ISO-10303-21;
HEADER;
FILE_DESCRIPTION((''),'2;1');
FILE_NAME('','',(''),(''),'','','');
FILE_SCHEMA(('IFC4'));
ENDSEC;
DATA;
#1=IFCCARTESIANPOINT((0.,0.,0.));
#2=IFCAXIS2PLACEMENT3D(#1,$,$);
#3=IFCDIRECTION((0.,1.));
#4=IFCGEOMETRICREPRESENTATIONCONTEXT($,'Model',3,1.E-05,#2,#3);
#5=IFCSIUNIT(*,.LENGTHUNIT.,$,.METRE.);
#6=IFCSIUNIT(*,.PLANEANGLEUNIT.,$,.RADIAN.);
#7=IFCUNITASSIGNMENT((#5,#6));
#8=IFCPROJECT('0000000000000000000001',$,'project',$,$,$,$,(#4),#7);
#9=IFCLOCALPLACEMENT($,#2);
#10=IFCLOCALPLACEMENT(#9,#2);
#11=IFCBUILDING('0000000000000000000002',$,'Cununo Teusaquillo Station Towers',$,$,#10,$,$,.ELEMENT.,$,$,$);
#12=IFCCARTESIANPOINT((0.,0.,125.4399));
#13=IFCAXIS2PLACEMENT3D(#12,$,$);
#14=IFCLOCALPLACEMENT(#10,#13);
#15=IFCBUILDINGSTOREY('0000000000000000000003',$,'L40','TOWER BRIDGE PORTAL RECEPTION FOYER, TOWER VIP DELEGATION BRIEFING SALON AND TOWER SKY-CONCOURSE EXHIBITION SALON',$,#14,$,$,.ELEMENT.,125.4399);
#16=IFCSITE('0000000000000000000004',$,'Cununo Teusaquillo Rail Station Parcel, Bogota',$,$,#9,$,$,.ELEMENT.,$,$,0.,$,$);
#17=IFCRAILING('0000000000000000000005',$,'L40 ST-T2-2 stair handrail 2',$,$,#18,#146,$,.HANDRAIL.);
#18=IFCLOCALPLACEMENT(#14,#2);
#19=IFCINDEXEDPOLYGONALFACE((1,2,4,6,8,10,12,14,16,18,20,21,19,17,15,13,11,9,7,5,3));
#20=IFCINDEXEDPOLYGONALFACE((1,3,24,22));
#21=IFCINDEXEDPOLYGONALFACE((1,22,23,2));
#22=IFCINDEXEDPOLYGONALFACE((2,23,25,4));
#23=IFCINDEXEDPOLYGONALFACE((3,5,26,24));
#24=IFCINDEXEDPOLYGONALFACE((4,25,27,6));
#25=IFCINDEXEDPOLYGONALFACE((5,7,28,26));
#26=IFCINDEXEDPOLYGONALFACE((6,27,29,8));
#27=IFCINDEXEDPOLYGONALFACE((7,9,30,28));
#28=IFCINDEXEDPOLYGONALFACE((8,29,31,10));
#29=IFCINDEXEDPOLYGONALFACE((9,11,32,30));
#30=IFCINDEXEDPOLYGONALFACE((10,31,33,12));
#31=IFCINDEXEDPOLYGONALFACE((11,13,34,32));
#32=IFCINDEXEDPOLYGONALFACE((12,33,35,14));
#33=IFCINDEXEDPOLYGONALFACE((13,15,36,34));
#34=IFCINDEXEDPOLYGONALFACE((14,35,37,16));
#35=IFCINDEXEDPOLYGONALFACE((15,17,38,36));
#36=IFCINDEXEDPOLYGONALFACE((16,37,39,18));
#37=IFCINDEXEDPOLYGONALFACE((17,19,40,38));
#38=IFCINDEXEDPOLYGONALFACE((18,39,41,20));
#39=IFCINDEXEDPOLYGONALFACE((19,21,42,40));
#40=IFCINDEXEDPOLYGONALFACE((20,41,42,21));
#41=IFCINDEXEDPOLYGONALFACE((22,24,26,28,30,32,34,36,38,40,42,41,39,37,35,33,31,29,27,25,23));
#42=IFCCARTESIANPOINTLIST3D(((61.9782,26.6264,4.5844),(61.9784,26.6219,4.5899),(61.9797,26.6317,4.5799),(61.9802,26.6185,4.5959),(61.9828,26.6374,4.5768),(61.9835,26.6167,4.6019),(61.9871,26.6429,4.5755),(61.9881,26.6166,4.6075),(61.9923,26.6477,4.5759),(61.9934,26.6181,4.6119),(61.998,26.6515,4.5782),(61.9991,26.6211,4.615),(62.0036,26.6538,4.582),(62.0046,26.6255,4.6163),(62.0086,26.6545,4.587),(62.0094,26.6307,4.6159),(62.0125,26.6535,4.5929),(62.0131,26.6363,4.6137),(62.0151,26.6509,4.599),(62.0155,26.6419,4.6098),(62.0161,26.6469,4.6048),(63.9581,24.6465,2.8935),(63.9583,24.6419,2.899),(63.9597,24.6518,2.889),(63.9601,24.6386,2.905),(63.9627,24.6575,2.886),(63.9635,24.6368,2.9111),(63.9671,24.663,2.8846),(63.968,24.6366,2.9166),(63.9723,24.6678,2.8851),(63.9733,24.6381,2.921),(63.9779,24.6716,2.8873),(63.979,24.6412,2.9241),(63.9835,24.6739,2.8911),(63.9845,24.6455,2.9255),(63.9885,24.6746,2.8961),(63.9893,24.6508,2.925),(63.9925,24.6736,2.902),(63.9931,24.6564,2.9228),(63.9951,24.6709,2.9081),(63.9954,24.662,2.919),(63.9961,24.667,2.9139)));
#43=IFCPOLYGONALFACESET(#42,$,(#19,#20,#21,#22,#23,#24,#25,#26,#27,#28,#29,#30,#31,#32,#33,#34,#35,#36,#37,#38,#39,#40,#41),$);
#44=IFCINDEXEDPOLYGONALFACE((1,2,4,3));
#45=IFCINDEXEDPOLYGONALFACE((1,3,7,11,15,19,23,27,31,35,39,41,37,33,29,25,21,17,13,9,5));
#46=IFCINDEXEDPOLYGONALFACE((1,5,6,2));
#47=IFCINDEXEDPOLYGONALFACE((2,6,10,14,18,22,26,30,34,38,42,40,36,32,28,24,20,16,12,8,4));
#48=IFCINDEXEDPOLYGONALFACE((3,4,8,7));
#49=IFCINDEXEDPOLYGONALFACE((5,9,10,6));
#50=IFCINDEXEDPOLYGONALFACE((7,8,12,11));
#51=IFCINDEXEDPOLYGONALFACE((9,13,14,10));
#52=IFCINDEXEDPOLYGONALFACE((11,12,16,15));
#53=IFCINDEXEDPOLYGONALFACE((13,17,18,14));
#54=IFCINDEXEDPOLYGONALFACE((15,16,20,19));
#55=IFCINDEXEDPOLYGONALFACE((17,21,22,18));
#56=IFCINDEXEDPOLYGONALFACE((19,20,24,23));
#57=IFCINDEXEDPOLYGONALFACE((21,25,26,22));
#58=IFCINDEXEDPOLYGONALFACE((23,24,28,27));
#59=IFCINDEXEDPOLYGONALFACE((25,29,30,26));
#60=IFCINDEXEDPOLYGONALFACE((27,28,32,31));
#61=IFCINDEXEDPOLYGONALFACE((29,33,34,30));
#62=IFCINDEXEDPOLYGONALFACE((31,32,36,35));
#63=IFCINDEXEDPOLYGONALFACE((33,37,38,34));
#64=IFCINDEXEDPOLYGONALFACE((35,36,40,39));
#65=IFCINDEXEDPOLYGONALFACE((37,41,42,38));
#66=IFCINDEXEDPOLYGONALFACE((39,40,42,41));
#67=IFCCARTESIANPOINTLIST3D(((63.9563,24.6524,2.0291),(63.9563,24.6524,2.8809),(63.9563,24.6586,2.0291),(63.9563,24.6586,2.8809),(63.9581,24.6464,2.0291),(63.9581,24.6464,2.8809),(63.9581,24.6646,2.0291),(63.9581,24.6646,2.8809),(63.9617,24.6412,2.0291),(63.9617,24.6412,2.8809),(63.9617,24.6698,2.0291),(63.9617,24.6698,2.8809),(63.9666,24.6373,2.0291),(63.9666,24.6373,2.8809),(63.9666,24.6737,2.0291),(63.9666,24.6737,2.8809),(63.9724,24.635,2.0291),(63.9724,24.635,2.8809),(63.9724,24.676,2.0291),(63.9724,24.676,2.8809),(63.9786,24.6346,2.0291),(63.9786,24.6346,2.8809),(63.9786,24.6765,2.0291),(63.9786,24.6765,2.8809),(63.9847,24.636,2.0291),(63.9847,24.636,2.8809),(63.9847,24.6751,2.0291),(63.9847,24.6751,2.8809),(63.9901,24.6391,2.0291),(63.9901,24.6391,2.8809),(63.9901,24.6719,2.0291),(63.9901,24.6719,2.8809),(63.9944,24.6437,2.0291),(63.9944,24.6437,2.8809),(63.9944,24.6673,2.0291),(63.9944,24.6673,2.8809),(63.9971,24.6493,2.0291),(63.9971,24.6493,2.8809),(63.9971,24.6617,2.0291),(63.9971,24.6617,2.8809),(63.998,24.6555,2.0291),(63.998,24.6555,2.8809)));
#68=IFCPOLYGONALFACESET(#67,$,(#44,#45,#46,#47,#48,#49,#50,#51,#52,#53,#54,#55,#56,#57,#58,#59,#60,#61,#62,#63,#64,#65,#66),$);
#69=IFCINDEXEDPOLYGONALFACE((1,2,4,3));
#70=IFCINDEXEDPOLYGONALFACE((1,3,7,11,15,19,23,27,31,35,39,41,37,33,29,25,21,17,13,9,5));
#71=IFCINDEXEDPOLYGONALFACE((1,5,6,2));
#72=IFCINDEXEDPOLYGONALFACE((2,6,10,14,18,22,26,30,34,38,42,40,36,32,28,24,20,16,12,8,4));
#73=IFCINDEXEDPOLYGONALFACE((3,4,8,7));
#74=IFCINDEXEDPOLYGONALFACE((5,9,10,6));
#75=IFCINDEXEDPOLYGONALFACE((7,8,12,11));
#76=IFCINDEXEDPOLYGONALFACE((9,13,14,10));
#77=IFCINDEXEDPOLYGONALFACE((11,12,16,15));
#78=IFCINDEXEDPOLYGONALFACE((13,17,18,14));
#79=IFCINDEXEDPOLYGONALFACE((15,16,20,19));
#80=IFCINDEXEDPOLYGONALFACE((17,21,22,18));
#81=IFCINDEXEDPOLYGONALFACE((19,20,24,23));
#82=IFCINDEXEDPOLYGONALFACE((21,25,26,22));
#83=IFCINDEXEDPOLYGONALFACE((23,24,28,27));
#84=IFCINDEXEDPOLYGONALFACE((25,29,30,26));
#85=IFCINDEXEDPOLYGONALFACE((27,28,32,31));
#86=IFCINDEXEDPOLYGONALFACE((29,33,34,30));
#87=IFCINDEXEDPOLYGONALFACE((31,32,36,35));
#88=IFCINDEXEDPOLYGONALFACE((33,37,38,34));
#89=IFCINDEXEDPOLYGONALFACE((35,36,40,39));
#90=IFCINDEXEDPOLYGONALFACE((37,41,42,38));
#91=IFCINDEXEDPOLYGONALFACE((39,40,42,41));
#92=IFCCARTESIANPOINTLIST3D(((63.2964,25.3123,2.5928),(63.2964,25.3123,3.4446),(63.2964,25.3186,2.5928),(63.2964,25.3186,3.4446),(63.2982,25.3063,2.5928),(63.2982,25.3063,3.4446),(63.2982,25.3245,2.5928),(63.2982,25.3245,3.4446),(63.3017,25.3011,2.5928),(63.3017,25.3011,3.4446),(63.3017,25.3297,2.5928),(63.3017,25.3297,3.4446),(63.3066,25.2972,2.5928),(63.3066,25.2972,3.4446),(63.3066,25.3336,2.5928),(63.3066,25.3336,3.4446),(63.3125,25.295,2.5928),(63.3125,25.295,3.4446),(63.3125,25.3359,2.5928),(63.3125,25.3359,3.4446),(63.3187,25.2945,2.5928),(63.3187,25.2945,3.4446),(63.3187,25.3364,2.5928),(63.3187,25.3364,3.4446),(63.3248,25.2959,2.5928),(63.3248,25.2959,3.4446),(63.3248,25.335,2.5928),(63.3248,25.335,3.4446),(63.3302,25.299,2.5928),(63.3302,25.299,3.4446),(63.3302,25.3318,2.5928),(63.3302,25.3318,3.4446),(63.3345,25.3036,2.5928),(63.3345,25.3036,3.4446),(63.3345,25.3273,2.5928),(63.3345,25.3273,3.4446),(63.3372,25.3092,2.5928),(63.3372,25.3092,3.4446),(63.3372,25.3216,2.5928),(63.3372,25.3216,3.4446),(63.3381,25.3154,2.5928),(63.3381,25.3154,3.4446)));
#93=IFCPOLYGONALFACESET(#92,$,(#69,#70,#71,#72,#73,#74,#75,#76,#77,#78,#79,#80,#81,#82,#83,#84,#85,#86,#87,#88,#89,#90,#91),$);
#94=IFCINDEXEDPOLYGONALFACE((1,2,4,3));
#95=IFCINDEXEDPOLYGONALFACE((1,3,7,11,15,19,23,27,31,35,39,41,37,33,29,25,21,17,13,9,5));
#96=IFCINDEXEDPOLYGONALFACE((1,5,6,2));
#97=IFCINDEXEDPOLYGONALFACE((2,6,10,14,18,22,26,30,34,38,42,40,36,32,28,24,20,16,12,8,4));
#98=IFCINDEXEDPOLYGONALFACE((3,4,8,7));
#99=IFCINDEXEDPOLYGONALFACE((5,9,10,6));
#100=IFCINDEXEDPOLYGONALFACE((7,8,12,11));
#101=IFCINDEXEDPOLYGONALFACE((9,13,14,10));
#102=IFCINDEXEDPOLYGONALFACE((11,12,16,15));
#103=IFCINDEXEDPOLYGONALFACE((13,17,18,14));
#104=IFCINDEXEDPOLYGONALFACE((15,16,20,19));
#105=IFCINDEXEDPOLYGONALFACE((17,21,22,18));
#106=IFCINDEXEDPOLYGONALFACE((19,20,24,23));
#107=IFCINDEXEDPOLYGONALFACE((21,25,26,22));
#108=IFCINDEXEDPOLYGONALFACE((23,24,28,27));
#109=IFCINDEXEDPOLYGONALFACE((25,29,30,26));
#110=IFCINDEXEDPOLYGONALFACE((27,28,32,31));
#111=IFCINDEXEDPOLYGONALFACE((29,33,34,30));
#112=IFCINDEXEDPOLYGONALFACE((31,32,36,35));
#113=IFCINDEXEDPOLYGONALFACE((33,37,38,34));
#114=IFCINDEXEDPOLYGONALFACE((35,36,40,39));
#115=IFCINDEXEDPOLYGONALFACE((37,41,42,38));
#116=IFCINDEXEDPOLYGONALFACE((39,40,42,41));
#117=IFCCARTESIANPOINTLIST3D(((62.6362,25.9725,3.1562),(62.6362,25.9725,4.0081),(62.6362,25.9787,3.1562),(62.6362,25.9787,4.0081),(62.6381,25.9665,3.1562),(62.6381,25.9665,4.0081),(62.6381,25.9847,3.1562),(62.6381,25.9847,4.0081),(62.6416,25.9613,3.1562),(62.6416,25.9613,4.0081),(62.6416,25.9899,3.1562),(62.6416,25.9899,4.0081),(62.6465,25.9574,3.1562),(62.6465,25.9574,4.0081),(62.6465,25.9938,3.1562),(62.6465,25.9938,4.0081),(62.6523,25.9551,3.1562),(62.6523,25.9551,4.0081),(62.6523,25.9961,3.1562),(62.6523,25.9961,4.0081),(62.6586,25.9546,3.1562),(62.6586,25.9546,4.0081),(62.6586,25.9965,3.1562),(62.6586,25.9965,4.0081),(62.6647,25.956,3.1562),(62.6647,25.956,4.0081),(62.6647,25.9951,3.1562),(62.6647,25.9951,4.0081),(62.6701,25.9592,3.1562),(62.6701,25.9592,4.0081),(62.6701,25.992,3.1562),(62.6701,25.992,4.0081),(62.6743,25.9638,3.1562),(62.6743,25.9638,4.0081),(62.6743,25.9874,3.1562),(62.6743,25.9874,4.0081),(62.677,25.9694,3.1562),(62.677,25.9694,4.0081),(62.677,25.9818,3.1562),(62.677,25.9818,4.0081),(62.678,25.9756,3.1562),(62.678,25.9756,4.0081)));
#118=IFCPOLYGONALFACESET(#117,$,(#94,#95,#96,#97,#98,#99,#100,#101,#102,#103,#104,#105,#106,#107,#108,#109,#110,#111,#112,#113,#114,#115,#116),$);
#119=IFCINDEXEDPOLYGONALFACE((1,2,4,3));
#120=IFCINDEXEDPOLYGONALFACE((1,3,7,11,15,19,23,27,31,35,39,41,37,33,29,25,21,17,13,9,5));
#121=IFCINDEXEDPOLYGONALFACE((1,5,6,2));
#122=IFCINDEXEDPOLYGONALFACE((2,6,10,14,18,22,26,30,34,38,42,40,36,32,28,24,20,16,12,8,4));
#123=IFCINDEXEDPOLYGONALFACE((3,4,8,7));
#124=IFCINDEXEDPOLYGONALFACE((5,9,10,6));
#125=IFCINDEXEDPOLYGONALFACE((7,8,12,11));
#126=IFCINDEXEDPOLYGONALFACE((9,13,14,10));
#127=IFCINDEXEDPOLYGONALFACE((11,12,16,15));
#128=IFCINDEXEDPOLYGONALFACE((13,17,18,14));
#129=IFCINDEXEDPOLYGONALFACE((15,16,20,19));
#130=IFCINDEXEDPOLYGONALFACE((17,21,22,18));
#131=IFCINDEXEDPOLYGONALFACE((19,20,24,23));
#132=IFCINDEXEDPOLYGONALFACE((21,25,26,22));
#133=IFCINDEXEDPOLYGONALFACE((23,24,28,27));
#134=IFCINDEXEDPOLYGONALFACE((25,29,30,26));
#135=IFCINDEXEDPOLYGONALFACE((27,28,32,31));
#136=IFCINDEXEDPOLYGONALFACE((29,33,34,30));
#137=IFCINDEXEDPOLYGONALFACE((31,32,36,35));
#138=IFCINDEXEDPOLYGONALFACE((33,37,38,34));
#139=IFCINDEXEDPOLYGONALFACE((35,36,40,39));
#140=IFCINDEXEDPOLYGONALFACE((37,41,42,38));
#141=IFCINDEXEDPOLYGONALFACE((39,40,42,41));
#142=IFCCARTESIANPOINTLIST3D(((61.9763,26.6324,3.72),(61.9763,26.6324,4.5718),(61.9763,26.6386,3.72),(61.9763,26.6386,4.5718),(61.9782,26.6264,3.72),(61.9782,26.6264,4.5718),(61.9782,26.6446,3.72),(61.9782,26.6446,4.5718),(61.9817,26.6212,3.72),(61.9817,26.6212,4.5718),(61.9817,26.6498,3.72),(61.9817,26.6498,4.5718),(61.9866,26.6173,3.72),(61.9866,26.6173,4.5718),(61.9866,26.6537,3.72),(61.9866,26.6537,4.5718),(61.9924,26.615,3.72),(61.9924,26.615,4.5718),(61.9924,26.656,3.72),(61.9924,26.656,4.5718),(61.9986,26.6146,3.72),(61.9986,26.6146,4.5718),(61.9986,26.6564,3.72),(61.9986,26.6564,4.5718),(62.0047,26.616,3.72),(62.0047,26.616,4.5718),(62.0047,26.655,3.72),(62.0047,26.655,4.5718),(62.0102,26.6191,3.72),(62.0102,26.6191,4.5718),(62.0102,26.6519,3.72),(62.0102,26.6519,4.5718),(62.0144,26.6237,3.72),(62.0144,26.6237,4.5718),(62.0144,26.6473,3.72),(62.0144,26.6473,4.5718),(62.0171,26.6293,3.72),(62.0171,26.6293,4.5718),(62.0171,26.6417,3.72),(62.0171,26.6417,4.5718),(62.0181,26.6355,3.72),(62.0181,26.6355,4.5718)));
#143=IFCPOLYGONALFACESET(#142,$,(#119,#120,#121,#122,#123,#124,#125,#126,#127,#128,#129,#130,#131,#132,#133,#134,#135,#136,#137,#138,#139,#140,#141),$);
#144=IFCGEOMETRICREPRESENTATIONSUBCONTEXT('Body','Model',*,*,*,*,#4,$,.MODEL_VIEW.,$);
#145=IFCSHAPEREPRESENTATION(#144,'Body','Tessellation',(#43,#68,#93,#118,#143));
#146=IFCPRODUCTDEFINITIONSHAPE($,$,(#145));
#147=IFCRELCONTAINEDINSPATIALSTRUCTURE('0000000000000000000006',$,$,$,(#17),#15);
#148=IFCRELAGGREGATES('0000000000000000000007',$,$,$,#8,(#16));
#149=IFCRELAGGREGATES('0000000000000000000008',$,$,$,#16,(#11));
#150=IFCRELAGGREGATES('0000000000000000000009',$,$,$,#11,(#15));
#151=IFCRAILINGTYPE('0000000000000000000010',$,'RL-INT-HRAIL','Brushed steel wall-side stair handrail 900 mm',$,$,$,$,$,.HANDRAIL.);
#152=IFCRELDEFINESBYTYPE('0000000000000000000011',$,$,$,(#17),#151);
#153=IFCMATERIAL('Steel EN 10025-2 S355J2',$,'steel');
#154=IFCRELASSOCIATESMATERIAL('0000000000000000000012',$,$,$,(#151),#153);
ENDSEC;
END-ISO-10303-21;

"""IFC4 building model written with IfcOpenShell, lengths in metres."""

from ifc_helpers import new_model, si_unit, direction, frame, origin, origin_2d, place, context, subcontext, project, spatial, circle, extrude, material, type_object, element, save


model = new_model("IFC4")

# Units and contexts
model_context = context("Model", 3, precision=1e-05, world=origin(), true_north=direction((0.0, 1.0)))
body_context = subcontext(model_context, "Body", "Model", "MODEL_VIEW")
ifc_project = project(units=[si_unit("LENGTHUNIT", "METRE"), si_unit("PLANEANGLEUNIT", "RADIAN")], contexts=[model_context])

# Site, building, storey
site_placement = place(None, origin())
site = spatial("IfcSite", under=ifc_project, at=site_placement, Name="Cununo Teusaquillo Rail Station Parcel, Bogota", CompositionType="ELEMENT", RefElevation=0.0)
building_placement = place(site_placement, origin())
building = spatial("IfcBuilding", under=site, at=building_placement, Name="Cununo Teusaquillo Station Towers", CompositionType="ELEMENT")
storey_placement = place(building_placement, frame((0.0, 0.0, 125.4399)))
storey = spatial("IfcBuildingStorey", under=building, at=storey_placement, Name="L40", Description="TOWER BRIDGE PORTAL RECEPTION FOYER, TOWER VIP DELEGATION BRIEFING SALON AND TOWER SKY-CONCOURSE EXHIBITION SALON", CompositionType="ELEMENT", Elevation=125.4399)

# Railing
ifc_material_1 = material(Name="Steel EN 10025-2 S355J2", Category="steel")
railing_type_1 = type_object("IfcRailingType", Name="RL-INT-HRAIL", Description="Brushed steel wall-side stair handrail 900 mm", PredefinedType="HANDRAIL", material=ifc_material_1)
railing_1_placement = place(storey_placement, frame((63.9771, 24.6555, 2.0291)))
element("IfcRailing", 1, at=railing_1_placement, inside=storey, type_object=railing_type_1, Name="L40 ST-T2-2 stair handrail 2", PredefinedType="HANDRAIL", context=body_context, shape_type="SweptSolid", body=[
    extrude(circle(Radius=0.0239, at=origin_2d()), frame((0.0, 0.0, 0.876), z_axis=(-0.605302, 0.605302, 0.516932), x_axis=(-0.707107, -0.707107, 0.0)), (0.0, 0.0, 1.0), 3.271),
    extrude(circle(Radius=0.021, at=origin_2d()), origin(), (0.0, 0.0, 1.0), 0.8518),
    extrude(circle(Radius=0.021, at=origin_2d()), frame((-0.6599, 0.6599, 0.5637)), (0.0, 0.0, 1.0), 0.8518),
    extrude(circle(Radius=0.021, at=origin_2d()), frame((-1.3201, 1.3201, 1.1272)), (0.0, 0.0, 1.0), 0.8518),
    extrude(circle(Radius=0.021, at=origin_2d()), frame((-1.98, 1.98, 1.6909)), (0.0, 0.0, 1.0), 0.8518),
])

save(model, "model.ifc")
